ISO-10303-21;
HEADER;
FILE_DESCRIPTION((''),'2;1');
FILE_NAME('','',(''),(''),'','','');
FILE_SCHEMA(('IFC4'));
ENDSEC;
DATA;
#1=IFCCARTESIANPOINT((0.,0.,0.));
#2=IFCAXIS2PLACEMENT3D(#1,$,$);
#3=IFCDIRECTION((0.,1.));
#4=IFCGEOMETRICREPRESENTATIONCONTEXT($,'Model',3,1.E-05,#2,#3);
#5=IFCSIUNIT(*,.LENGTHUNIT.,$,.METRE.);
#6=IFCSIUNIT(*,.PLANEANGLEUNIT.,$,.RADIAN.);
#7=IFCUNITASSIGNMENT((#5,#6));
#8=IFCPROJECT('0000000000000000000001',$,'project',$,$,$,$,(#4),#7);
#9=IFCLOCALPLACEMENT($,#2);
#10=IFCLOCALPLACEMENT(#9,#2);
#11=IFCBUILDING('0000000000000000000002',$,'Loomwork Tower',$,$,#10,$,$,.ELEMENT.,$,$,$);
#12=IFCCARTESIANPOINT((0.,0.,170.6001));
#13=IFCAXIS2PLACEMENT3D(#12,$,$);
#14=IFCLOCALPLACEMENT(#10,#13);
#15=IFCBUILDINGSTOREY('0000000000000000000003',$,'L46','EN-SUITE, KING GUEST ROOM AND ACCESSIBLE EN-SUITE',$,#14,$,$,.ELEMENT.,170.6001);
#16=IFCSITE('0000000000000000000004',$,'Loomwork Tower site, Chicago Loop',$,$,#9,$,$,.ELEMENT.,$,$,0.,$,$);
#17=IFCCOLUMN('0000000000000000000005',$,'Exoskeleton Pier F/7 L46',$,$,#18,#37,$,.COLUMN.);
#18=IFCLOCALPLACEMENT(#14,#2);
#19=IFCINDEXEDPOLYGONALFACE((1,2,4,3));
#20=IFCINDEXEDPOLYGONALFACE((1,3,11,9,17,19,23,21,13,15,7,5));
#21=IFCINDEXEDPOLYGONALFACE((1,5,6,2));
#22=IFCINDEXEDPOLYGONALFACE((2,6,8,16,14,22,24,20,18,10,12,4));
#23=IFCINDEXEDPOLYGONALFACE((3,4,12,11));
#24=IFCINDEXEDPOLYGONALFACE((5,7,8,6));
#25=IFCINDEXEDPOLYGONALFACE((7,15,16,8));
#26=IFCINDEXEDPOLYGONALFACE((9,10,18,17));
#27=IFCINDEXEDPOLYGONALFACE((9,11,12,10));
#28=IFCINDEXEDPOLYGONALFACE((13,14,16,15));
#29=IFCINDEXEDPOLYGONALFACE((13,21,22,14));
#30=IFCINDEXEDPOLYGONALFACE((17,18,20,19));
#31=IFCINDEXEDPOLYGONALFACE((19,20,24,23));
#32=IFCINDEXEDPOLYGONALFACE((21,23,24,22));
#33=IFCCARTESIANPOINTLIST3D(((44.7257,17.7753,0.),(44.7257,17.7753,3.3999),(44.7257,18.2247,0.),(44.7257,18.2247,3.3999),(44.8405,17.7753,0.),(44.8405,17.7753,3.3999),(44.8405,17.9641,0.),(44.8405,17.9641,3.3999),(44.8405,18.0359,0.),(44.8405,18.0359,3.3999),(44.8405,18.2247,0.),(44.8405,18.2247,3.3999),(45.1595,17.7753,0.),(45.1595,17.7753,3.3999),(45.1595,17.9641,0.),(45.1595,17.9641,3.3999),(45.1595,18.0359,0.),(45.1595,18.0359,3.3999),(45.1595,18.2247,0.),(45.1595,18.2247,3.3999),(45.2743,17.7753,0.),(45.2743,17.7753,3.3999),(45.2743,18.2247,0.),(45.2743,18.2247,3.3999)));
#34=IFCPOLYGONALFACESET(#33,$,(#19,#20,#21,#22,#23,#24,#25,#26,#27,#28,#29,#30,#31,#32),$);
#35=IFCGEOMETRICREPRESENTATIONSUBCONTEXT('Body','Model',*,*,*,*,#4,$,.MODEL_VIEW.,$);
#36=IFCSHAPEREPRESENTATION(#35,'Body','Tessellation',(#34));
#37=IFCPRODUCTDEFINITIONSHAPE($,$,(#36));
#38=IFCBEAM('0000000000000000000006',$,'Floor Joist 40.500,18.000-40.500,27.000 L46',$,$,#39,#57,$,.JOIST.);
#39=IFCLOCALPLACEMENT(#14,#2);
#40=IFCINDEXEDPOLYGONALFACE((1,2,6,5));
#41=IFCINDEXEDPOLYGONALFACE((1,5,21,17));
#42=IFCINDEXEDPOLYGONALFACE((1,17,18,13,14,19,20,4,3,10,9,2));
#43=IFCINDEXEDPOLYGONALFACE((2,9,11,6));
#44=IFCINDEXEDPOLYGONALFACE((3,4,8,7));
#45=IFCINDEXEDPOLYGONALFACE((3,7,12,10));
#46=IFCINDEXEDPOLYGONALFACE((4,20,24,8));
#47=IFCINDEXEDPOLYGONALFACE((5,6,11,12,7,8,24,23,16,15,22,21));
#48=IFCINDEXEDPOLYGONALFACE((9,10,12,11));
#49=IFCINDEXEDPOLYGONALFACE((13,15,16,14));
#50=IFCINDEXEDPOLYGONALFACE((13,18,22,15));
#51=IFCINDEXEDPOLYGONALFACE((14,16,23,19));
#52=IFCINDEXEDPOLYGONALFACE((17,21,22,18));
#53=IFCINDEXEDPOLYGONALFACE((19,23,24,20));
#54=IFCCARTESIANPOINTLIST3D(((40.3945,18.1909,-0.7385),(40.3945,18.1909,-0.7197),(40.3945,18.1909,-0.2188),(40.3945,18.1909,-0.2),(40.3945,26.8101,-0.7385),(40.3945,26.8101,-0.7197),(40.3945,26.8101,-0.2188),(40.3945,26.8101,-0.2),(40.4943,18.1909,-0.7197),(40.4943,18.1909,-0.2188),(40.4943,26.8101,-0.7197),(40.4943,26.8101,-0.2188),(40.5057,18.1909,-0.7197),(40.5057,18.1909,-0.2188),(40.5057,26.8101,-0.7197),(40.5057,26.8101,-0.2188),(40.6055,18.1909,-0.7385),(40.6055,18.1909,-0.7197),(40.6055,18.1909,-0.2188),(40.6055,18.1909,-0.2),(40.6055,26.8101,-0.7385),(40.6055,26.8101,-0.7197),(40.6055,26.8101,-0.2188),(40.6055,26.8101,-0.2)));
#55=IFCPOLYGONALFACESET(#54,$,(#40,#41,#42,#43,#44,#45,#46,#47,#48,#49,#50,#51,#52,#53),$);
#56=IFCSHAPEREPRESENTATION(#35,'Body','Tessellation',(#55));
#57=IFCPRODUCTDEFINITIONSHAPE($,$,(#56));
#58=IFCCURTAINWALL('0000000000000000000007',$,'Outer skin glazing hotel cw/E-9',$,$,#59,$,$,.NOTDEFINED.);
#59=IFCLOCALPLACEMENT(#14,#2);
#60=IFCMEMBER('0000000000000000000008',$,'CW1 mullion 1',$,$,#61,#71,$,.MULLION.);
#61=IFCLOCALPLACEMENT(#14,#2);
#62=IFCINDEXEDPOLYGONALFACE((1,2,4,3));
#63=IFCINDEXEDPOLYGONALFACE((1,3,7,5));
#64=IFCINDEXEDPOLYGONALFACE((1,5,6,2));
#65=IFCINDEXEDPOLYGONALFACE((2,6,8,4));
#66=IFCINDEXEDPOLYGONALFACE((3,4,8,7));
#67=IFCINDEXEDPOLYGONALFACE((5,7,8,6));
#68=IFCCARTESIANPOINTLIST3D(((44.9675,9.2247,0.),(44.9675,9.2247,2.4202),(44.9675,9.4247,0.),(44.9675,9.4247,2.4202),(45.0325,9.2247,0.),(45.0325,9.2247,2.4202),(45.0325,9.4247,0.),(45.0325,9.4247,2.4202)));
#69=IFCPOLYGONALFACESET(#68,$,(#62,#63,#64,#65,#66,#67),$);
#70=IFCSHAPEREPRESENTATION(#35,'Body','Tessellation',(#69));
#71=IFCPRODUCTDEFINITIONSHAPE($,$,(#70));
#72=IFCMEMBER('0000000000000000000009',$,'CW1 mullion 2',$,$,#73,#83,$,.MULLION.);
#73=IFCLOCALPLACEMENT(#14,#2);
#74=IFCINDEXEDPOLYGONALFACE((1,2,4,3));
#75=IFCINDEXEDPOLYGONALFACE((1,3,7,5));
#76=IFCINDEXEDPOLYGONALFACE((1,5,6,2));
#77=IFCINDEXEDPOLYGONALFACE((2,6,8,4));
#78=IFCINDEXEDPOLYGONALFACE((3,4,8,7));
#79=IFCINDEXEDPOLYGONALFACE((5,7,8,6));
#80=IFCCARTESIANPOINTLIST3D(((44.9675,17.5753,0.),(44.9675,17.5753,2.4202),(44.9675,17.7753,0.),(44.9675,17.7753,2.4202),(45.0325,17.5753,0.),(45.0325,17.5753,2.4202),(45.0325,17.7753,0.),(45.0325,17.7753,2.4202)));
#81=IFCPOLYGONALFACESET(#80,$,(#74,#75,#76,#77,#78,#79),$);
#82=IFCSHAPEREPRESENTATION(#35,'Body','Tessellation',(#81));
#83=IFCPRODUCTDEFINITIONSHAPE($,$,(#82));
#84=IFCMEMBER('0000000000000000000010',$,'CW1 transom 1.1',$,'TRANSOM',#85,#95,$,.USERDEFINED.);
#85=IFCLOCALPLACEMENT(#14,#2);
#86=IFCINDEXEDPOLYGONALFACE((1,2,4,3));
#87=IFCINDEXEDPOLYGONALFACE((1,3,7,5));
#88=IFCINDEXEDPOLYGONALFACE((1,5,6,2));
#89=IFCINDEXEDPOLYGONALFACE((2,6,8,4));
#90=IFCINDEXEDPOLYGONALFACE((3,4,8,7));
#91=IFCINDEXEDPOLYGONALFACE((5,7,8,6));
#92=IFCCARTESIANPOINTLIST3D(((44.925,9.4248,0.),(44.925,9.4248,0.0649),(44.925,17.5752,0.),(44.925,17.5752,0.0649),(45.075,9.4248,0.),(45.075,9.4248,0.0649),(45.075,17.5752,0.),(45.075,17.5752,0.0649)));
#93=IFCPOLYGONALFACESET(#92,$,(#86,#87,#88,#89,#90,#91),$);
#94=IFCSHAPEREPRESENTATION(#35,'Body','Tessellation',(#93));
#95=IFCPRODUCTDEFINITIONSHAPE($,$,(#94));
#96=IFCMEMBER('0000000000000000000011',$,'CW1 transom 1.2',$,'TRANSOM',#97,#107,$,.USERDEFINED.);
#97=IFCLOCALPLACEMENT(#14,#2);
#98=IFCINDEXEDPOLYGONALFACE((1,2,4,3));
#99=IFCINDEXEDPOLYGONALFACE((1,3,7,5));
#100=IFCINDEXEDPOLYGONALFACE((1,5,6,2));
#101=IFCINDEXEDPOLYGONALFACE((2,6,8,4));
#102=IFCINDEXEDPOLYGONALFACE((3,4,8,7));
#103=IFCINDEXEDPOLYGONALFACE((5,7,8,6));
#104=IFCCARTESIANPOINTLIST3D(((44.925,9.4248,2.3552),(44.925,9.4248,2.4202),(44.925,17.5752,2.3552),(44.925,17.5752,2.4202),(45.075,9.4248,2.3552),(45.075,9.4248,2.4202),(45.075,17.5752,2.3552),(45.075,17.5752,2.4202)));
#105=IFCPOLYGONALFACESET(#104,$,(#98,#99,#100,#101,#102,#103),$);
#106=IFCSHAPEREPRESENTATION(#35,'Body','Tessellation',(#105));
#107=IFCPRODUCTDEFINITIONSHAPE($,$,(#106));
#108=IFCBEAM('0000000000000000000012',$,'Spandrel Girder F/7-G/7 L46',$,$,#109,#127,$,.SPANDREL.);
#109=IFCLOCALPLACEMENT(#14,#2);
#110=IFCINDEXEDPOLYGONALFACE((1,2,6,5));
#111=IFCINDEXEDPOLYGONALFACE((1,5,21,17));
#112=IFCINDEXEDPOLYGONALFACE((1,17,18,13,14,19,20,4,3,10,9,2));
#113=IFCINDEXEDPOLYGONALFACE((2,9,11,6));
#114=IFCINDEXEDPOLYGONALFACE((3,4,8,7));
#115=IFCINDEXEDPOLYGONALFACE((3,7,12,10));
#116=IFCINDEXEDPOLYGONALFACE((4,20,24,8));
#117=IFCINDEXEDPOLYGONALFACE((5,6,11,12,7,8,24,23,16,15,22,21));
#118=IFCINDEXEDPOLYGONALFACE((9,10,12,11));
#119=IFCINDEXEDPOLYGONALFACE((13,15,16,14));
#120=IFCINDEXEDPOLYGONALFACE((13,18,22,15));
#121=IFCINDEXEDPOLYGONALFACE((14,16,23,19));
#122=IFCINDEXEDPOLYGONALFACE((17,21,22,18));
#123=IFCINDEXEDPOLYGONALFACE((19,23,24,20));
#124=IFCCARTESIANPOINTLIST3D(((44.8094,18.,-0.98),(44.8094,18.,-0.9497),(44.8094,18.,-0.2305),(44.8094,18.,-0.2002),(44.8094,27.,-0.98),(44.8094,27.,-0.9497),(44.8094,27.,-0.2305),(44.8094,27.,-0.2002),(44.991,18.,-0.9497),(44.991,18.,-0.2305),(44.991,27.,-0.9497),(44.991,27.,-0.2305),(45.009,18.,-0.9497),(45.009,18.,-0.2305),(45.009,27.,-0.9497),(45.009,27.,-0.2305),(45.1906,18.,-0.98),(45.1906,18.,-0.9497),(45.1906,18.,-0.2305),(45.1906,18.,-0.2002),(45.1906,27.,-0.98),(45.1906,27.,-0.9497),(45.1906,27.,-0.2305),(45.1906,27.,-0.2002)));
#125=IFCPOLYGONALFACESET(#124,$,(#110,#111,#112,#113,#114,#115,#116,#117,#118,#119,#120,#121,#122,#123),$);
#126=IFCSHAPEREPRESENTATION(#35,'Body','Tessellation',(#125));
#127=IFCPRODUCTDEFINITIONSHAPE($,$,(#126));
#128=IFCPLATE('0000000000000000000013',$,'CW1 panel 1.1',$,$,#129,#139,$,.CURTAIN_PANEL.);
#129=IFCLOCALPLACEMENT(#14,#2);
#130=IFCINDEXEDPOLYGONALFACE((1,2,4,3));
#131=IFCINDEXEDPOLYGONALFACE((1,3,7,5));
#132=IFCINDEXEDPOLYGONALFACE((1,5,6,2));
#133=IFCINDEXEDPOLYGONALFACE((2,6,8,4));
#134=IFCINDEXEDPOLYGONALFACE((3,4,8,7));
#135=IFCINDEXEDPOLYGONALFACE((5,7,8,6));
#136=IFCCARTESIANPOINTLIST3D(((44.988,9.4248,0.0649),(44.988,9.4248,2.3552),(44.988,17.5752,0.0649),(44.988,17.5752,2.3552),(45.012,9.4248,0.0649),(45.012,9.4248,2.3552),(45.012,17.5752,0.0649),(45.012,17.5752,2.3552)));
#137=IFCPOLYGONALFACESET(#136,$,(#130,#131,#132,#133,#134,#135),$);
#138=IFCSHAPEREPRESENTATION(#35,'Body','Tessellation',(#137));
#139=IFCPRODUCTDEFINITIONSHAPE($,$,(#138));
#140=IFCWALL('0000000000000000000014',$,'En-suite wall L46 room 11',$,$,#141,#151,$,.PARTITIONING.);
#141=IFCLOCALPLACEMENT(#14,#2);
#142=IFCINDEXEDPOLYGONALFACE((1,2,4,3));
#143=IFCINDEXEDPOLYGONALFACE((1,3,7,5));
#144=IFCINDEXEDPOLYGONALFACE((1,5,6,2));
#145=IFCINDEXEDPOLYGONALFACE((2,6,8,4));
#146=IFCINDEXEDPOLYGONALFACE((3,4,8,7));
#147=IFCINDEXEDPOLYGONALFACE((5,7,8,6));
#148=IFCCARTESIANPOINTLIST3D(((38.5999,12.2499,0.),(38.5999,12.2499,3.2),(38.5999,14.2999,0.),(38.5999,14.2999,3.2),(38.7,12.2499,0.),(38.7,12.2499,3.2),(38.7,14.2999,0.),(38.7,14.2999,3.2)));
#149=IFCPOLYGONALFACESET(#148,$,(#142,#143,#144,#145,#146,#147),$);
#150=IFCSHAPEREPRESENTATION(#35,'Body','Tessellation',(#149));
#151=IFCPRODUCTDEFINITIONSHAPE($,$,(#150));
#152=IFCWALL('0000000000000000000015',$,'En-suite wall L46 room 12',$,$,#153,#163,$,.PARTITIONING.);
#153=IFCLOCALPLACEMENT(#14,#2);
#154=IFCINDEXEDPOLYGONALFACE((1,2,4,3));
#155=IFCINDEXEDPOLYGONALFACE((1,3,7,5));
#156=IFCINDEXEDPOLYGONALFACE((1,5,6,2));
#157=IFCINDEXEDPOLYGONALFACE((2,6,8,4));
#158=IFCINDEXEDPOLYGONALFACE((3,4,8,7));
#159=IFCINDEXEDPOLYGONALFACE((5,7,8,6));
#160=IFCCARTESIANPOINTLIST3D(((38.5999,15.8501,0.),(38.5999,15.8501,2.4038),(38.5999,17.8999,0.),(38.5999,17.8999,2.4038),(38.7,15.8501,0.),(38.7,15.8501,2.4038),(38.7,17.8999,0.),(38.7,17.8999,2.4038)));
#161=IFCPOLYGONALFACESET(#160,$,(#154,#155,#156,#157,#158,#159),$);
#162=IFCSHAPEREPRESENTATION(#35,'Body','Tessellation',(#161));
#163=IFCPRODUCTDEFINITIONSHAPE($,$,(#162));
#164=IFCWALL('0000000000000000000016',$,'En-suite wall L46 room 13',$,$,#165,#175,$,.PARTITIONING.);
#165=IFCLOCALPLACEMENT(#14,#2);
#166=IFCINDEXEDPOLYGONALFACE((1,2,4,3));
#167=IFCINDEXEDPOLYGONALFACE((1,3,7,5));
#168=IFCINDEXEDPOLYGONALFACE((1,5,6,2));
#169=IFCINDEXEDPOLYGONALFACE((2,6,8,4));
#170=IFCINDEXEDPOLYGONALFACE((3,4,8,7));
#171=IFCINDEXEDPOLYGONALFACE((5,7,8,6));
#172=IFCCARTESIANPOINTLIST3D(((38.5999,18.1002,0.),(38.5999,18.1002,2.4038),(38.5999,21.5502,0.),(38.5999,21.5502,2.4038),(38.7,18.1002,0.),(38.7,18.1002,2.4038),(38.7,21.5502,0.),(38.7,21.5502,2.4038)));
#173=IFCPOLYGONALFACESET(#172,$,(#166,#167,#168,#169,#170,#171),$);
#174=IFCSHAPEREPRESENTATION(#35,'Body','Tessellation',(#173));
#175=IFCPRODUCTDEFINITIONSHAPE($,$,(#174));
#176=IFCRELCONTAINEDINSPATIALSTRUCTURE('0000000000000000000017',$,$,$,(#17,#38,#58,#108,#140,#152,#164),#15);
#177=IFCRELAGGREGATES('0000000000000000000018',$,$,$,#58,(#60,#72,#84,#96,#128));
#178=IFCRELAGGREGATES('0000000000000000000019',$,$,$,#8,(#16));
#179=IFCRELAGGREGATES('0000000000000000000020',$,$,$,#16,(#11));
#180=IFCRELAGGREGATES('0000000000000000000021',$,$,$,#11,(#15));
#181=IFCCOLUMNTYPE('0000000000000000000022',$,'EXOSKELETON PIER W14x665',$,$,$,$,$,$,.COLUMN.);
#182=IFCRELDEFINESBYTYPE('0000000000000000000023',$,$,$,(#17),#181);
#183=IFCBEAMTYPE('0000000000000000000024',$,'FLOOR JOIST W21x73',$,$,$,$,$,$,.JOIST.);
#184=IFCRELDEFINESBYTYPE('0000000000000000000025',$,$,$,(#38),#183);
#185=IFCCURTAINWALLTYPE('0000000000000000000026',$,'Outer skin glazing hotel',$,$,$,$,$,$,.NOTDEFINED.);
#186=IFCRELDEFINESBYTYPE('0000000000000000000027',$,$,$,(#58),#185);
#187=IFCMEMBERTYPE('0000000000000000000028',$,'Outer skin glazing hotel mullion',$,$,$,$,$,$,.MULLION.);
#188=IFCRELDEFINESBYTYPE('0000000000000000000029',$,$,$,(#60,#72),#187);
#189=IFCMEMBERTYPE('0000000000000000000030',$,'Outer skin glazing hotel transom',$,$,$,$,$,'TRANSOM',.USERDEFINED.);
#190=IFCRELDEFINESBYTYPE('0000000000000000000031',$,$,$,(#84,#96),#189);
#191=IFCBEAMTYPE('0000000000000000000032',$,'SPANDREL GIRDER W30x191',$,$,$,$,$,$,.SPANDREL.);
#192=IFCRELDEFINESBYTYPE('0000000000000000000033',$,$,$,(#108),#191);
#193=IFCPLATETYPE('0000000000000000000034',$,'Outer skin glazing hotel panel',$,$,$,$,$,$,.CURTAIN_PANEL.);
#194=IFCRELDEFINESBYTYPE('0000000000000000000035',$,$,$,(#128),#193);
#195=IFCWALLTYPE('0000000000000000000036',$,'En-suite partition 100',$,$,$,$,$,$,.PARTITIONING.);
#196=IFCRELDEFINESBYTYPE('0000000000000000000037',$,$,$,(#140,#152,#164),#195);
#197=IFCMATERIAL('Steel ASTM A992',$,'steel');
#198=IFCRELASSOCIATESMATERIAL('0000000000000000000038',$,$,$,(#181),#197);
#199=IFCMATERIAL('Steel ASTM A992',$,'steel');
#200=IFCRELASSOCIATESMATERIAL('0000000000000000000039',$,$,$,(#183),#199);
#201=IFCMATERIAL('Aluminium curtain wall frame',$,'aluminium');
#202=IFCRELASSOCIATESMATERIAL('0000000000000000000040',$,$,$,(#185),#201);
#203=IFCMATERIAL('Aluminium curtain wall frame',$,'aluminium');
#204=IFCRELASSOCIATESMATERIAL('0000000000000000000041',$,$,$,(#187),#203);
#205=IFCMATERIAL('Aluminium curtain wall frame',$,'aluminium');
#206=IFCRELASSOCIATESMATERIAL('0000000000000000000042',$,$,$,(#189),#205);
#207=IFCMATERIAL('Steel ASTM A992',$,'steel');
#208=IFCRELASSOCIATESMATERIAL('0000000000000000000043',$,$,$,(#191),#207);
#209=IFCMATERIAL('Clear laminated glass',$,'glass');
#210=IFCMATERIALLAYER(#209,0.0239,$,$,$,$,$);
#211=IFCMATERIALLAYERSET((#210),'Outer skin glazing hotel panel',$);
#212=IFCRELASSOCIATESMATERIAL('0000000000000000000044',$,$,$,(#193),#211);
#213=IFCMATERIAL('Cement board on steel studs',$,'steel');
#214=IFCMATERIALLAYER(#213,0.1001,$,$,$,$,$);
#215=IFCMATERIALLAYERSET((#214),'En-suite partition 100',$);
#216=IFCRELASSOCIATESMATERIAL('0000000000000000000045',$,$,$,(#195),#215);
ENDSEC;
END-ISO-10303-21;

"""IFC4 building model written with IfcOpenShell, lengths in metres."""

from ifc_helpers import new_model, si_unit, direction, frame, frame_2d, origin, origin_2d, place, context, subcontext, project, spatial, rectangle, i_section, extrude, material, layer, layer_set, material_profile, profile_set, type_object, element, aggregate, save


model = new_model("IFC4")

# Units and contexts
model_context = context("Model", 3, precision=1e-05, world=origin(), true_north=direction((0.0, 1.0)))
body_context = subcontext(model_context, "Body", "Model", "MODEL_VIEW")
ifc_project = project(units=[si_unit("LENGTHUNIT", "METRE"), si_unit("PLANEANGLEUNIT", "RADIAN")], contexts=[model_context])

# Site, building, storey
site_placement = place(None, origin())
site = spatial("IfcSite", under=ifc_project, at=site_placement, Name="Loomwork Tower site, Chicago Loop", CompositionType="ELEMENT", RefElevation=0.0)
building_placement = place(site_placement, origin())
building = spatial("IfcBuilding", under=site, at=building_placement, Name="Loomwork Tower", CompositionType="ELEMENT")
storey_placement = place(building_placement, frame((0.0, 0.0, 170.6001)))
storey = spatial("IfcBuildingStorey", under=building, at=storey_placement, Name="L46", Description="EN-SUITE, KING GUEST ROOM AND ACCESSIBLE EN-SUITE", CompositionType="ELEMENT", Elevation=170.6001)

# Column
ifc_material_1 = material(Name="Steel ASTM A992", Category="steel")
ifc_material_profile_1 = material_profile(ifc_material_1, i_section(OverallWidth=0.4495, OverallDepth=0.5486, WebThickness=0.0718, FlangeThickness=0.1147, at=origin_2d()), Name="W14x665")
ifc_profile_set_1 = profile_set([ifc_material_profile_1], Name="Steel ASTM A992")
column_type = type_object("IfcColumnType", Name="EXOSKELETON PIER W14x665", PredefinedType="COLUMN", material=ifc_profile_set_1)
column_placement = place(storey_placement, frame((45.0, 18.0, 0.0), z_axis=(0.0, 0.0, 1.0), x_axis=(0.0, 1.0, 0.0)))
element("IfcColumn", 1, at=column_placement, inside=storey, type_object=column_type, Name="Exoskeleton Pier F/7 L46", PredefinedType="COLUMN", context=body_context, shape_type="SweptSolid", body=[
    extrude(i_section(OverallWidth=0.4495, OverallDepth=0.5486, WebThickness=0.0718, FlangeThickness=0.1147, at=origin_2d()), origin(), (0.0, 0.0, 1.0), 3.3999),
])

# Beam
ifc_material_2 = material(Name="Steel ASTM A992", Category="steel")
ifc_material_profile_2 = material_profile(ifc_material_2, i_section(OverallWidth=0.2109, OverallDepth=0.5386, WebThickness=0.0115, FlangeThickness=0.0188, at=origin_2d()), Name="W21x73")
ifc_profile_set_2 = profile_set([ifc_material_profile_2], Name="Steel ASTM A992")
beam_type_1 = type_object("IfcBeamType", Name="FLOOR JOIST W21x73", PredefinedType="JOIST", material=ifc_profile_set_2)
beam_1_placement = place(storey_placement, frame((40.5, 18.1909, -0.4692), z_axis=(0.0, 1.0, 0.0), x_axis=(-1.0, 0.0, 0.0)))
element("IfcBeam", 2, at=beam_1_placement, inside=storey, type_object=beam_type_1, Name="Floor Joist 40.500,18.000-40.500,27.000 L46", PredefinedType="JOIST", context=body_context, shape_type="SweptSolid", body=[
    extrude(i_section(OverallWidth=0.2109, OverallDepth=0.5386, WebThickness=0.0115, FlangeThickness=0.0188, at=origin_2d()), origin(), (0.0, 0.0, 1.0), 8.6191),
])

# Curtain wall, members
ifc_material_3 = material(Name="Aluminium curtain wall frame", Category="aluminium")
curtain_wall_type = type_object("IfcCurtainWallType", Name="Outer skin glazing hotel", PredefinedType="NOTDEFINED", material=ifc_material_3)
curtain_wall_placement = place(storey_placement, origin())
curtain_wall = element("IfcCurtainWall", 3, at=curtain_wall_placement, inside=storey, type_object=curtain_wall_type, Name="Outer skin glazing hotel cw/E-9", PredefinedType="NOTDEFINED")
ifc_material_4 = material(Name="Aluminium curtain wall frame", Category="aluminium")
ifc_material_profile_3 = material_profile(ifc_material_4, rectangle(XDim=0.0649, YDim=0.2, at=origin_2d()), Name="AL 65x200")
ifc_profile_set_3 = profile_set([ifc_material_profile_3], Name="Aluminium curtain wall frame")
member_type_1 = type_object("IfcMemberType", Name="Outer skin glazing hotel mullion", PredefinedType="MULLION", material=ifc_profile_set_3)
member_1_placement = place(storey_placement, frame((45.0, 9.3247, 0.0), z_axis=(0.0, 0.0, 1.0), x_axis=(-1.0, 0.0, 0.0)))
member_1 = element("IfcMember", 4, at=member_1_placement, type_object=member_type_1, Name="CW1 mullion 1", PredefinedType="MULLION", context=body_context, shape_type="SweptSolid", body=[
    extrude(rectangle(XDim=0.0649, YDim=0.2, at=origin_2d()), origin(), (0.0, 0.0, 1.0), 2.4202),
])
member_2_placement = place(storey_placement, frame((45.0, 17.6753, 0.0), z_axis=(0.0, 0.0, 1.0), x_axis=(-1.0, 0.0, 0.0)))
member_2 = element("IfcMember", 5, at=member_2_placement, type_object=member_type_1, Name="CW1 mullion 2", PredefinedType="MULLION", context=body_context, shape_type="SweptSolid", body=[
    extrude(rectangle(XDim=0.0649, YDim=0.2, at=origin_2d()), origin(), (0.0, 0.0, 1.0), 2.4202),
])
ifc_material_5 = material(Name="Aluminium curtain wall frame", Category="aluminium")
ifc_material_profile_4 = material_profile(ifc_material_5, rectangle(XDim=0.1499, YDim=0.0649, at=origin_2d()), Name="AL 65x150")
ifc_profile_set_4 = profile_set([ifc_material_profile_4], Name="Aluminium curtain wall frame")
member_type_2 = type_object("IfcMemberType", Name="Outer skin glazing hotel transom", ElementType="TRANSOM", PredefinedType="USERDEFINED", material=ifc_profile_set_4)
member_3_placement = place(storey_placement, frame((45.0, 9.4248, 0.0325), z_axis=(0.0, 1.0, 0.0), x_axis=(-1.0, 0.0, 0.0)))
member_3 = element("IfcMember", 6, at=member_3_placement, type_object=member_type_2, Name="CW1 transom 1.1", ObjectType="TRANSOM", PredefinedType="USERDEFINED", context=body_context, shape_type="SweptSolid", body=[
    extrude(rectangle(XDim=0.1499, YDim=0.0649, at=origin_2d()), origin(), (0.0, 0.0, 1.0), 8.1504),
])
member_4_placement = place(storey_placement, frame((45.0, 9.4248, 2.3877), z_axis=(0.0, 1.0, 0.0), x_axis=(-1.0, 0.0, 0.0)))
member_4 = element("IfcMember", 7, at=member_4_placement, type_object=member_type_2, Name="CW1 transom 1.2", ObjectType="TRANSOM", PredefinedType="USERDEFINED", context=body_context, shape_type="SweptSolid", body=[
    extrude(rectangle(XDim=0.1499, YDim=0.0649, at=origin_2d()), origin(), (0.0, 0.0, 1.0), 8.1504),
])

# Beam
ifc_material_6 = material(Name="Steel ASTM A992", Category="steel")
ifc_material_profile_5 = material_profile(ifc_material_6, i_section(OverallWidth=0.3811, OverallDepth=0.7798, WebThickness=0.0181, FlangeThickness=0.0303, at=origin_2d()), Name="W30x191")
ifc_profile_set_5 = profile_set([ifc_material_profile_5], Name="Steel ASTM A992")
beam_type_2 = type_object("IfcBeamType", Name="SPANDREL GIRDER W30x191", PredefinedType="SPANDREL", material=ifc_profile_set_5)
beam_2_placement = place(storey_placement, frame((45.0, 18.0, -0.5901), z_axis=(0.0, 1.0, 0.0), x_axis=(-1.0, 0.0, 0.0)))
element("IfcBeam", 8, at=beam_2_placement, inside=storey, type_object=beam_type_2, Name="Spandrel Girder F/7-G/7 L46", PredefinedType="SPANDREL", context=body_context, shape_type="SweptSolid", body=[
    extrude(i_section(OverallWidth=0.3811, OverallDepth=0.7798, WebThickness=0.0181, FlangeThickness=0.0303, at=origin_2d()), origin(), (0.0, 0.0, 1.0), 9.0),
])

# Plate
ifc_material_7 = material(Name="Clear laminated glass", Category="glass")
ifc_layer_1 = layer(ifc_material_7, 0.0239)
ifc_layer_set_1 = layer_set([ifc_layer_1], Name="Outer skin glazing hotel panel")
plate_type = type_object("IfcPlateType", Name="Outer skin glazing hotel panel", PredefinedType="CURTAIN_PANEL", material=ifc_layer_set_1)
plate_placement = place(storey_placement, frame((45.0, 13.5, 0.0649), z_axis=(0.0, 0.0, 1.0), x_axis=(0.0, 1.0, 0.0)))
plate = element("IfcPlate", 9, at=plate_placement, type_object=plate_type, Name="CW1 panel 1.1", PredefinedType="CURTAIN_PANEL", context=body_context, shape_type="SweptSolid", body=[
    extrude(rectangle(XDim=8.1504, YDim=0.0239, at=origin_2d()), origin(), (0.0, 0.0, 1.0), 2.2903),
])
aggregate(curtain_wall, [member_1, member_2, member_3, member_4, plate])

# Walls
ifc_material_8 = material(Name="Cement board on steel studs", Category="steel")
ifc_layer_2 = layer(ifc_material_8, 0.1001)
ifc_layer_set_2 = layer_set([ifc_layer_2], Name="En-suite partition 100")
wall_type_1 = type_object("IfcWallType", Name="En-suite partition 100", PredefinedType="PARTITIONING", material=ifc_layer_set_2)
wall_1_placement = place(storey_placement, frame((38.6499, 12.25, 0.0), z_axis=(0.0, 0.0, 1.0), x_axis=(0.0, 1.0, 0.0)))
element("IfcWall", 10, at=wall_1_placement, inside=storey, type_object=wall_type_1, Name="En-suite wall L46 room 11", PredefinedType="PARTITIONING", context=body_context, shape_type="SweptSolid", body=[
    extrude(rectangle(XDim=2.05, YDim=0.1001, at=frame_2d((1.0249, 0.0))), origin(), (0.0, 0.0, 1.0), 3.2),
])
wall_2_placement = place(storey_placement, frame((38.6499, 15.8501, 0.0), z_axis=(0.0, 0.0, 1.0), x_axis=(0.0, 1.0, 0.0)))
element("IfcWall", 11, at=wall_2_placement, inside=storey, type_object=wall_type_1, Name="En-suite wall L46 room 12", PredefinedType="PARTITIONING", context=body_context, shape_type="SweptSolid", body=[
    extrude(rectangle(XDim=2.0498, YDim=0.1001, at=frame_2d((1.0249, 0.0))), origin(), (0.0, 0.0, 1.0), 2.4038),
])
wall_3_placement = place(storey_placement, frame((38.6499, 18.1001, 0.0), z_axis=(0.0, 0.0, 1.0), x_axis=(0.0, 1.0, 0.0)))
element("IfcWall", 12, at=wall_3_placement, inside=storey, type_object=wall_type_1, Name="En-suite wall L46 room 13", PredefinedType="PARTITIONING", context=body_context, shape_type="SweptSolid", body=[
    extrude(rectangle(XDim=3.45, YDim=0.1001, at=frame_2d((1.7251, 0.0))), origin(), (0.0, 0.0, 1.0), 2.4038),
])

save(model, "model.ifc")
